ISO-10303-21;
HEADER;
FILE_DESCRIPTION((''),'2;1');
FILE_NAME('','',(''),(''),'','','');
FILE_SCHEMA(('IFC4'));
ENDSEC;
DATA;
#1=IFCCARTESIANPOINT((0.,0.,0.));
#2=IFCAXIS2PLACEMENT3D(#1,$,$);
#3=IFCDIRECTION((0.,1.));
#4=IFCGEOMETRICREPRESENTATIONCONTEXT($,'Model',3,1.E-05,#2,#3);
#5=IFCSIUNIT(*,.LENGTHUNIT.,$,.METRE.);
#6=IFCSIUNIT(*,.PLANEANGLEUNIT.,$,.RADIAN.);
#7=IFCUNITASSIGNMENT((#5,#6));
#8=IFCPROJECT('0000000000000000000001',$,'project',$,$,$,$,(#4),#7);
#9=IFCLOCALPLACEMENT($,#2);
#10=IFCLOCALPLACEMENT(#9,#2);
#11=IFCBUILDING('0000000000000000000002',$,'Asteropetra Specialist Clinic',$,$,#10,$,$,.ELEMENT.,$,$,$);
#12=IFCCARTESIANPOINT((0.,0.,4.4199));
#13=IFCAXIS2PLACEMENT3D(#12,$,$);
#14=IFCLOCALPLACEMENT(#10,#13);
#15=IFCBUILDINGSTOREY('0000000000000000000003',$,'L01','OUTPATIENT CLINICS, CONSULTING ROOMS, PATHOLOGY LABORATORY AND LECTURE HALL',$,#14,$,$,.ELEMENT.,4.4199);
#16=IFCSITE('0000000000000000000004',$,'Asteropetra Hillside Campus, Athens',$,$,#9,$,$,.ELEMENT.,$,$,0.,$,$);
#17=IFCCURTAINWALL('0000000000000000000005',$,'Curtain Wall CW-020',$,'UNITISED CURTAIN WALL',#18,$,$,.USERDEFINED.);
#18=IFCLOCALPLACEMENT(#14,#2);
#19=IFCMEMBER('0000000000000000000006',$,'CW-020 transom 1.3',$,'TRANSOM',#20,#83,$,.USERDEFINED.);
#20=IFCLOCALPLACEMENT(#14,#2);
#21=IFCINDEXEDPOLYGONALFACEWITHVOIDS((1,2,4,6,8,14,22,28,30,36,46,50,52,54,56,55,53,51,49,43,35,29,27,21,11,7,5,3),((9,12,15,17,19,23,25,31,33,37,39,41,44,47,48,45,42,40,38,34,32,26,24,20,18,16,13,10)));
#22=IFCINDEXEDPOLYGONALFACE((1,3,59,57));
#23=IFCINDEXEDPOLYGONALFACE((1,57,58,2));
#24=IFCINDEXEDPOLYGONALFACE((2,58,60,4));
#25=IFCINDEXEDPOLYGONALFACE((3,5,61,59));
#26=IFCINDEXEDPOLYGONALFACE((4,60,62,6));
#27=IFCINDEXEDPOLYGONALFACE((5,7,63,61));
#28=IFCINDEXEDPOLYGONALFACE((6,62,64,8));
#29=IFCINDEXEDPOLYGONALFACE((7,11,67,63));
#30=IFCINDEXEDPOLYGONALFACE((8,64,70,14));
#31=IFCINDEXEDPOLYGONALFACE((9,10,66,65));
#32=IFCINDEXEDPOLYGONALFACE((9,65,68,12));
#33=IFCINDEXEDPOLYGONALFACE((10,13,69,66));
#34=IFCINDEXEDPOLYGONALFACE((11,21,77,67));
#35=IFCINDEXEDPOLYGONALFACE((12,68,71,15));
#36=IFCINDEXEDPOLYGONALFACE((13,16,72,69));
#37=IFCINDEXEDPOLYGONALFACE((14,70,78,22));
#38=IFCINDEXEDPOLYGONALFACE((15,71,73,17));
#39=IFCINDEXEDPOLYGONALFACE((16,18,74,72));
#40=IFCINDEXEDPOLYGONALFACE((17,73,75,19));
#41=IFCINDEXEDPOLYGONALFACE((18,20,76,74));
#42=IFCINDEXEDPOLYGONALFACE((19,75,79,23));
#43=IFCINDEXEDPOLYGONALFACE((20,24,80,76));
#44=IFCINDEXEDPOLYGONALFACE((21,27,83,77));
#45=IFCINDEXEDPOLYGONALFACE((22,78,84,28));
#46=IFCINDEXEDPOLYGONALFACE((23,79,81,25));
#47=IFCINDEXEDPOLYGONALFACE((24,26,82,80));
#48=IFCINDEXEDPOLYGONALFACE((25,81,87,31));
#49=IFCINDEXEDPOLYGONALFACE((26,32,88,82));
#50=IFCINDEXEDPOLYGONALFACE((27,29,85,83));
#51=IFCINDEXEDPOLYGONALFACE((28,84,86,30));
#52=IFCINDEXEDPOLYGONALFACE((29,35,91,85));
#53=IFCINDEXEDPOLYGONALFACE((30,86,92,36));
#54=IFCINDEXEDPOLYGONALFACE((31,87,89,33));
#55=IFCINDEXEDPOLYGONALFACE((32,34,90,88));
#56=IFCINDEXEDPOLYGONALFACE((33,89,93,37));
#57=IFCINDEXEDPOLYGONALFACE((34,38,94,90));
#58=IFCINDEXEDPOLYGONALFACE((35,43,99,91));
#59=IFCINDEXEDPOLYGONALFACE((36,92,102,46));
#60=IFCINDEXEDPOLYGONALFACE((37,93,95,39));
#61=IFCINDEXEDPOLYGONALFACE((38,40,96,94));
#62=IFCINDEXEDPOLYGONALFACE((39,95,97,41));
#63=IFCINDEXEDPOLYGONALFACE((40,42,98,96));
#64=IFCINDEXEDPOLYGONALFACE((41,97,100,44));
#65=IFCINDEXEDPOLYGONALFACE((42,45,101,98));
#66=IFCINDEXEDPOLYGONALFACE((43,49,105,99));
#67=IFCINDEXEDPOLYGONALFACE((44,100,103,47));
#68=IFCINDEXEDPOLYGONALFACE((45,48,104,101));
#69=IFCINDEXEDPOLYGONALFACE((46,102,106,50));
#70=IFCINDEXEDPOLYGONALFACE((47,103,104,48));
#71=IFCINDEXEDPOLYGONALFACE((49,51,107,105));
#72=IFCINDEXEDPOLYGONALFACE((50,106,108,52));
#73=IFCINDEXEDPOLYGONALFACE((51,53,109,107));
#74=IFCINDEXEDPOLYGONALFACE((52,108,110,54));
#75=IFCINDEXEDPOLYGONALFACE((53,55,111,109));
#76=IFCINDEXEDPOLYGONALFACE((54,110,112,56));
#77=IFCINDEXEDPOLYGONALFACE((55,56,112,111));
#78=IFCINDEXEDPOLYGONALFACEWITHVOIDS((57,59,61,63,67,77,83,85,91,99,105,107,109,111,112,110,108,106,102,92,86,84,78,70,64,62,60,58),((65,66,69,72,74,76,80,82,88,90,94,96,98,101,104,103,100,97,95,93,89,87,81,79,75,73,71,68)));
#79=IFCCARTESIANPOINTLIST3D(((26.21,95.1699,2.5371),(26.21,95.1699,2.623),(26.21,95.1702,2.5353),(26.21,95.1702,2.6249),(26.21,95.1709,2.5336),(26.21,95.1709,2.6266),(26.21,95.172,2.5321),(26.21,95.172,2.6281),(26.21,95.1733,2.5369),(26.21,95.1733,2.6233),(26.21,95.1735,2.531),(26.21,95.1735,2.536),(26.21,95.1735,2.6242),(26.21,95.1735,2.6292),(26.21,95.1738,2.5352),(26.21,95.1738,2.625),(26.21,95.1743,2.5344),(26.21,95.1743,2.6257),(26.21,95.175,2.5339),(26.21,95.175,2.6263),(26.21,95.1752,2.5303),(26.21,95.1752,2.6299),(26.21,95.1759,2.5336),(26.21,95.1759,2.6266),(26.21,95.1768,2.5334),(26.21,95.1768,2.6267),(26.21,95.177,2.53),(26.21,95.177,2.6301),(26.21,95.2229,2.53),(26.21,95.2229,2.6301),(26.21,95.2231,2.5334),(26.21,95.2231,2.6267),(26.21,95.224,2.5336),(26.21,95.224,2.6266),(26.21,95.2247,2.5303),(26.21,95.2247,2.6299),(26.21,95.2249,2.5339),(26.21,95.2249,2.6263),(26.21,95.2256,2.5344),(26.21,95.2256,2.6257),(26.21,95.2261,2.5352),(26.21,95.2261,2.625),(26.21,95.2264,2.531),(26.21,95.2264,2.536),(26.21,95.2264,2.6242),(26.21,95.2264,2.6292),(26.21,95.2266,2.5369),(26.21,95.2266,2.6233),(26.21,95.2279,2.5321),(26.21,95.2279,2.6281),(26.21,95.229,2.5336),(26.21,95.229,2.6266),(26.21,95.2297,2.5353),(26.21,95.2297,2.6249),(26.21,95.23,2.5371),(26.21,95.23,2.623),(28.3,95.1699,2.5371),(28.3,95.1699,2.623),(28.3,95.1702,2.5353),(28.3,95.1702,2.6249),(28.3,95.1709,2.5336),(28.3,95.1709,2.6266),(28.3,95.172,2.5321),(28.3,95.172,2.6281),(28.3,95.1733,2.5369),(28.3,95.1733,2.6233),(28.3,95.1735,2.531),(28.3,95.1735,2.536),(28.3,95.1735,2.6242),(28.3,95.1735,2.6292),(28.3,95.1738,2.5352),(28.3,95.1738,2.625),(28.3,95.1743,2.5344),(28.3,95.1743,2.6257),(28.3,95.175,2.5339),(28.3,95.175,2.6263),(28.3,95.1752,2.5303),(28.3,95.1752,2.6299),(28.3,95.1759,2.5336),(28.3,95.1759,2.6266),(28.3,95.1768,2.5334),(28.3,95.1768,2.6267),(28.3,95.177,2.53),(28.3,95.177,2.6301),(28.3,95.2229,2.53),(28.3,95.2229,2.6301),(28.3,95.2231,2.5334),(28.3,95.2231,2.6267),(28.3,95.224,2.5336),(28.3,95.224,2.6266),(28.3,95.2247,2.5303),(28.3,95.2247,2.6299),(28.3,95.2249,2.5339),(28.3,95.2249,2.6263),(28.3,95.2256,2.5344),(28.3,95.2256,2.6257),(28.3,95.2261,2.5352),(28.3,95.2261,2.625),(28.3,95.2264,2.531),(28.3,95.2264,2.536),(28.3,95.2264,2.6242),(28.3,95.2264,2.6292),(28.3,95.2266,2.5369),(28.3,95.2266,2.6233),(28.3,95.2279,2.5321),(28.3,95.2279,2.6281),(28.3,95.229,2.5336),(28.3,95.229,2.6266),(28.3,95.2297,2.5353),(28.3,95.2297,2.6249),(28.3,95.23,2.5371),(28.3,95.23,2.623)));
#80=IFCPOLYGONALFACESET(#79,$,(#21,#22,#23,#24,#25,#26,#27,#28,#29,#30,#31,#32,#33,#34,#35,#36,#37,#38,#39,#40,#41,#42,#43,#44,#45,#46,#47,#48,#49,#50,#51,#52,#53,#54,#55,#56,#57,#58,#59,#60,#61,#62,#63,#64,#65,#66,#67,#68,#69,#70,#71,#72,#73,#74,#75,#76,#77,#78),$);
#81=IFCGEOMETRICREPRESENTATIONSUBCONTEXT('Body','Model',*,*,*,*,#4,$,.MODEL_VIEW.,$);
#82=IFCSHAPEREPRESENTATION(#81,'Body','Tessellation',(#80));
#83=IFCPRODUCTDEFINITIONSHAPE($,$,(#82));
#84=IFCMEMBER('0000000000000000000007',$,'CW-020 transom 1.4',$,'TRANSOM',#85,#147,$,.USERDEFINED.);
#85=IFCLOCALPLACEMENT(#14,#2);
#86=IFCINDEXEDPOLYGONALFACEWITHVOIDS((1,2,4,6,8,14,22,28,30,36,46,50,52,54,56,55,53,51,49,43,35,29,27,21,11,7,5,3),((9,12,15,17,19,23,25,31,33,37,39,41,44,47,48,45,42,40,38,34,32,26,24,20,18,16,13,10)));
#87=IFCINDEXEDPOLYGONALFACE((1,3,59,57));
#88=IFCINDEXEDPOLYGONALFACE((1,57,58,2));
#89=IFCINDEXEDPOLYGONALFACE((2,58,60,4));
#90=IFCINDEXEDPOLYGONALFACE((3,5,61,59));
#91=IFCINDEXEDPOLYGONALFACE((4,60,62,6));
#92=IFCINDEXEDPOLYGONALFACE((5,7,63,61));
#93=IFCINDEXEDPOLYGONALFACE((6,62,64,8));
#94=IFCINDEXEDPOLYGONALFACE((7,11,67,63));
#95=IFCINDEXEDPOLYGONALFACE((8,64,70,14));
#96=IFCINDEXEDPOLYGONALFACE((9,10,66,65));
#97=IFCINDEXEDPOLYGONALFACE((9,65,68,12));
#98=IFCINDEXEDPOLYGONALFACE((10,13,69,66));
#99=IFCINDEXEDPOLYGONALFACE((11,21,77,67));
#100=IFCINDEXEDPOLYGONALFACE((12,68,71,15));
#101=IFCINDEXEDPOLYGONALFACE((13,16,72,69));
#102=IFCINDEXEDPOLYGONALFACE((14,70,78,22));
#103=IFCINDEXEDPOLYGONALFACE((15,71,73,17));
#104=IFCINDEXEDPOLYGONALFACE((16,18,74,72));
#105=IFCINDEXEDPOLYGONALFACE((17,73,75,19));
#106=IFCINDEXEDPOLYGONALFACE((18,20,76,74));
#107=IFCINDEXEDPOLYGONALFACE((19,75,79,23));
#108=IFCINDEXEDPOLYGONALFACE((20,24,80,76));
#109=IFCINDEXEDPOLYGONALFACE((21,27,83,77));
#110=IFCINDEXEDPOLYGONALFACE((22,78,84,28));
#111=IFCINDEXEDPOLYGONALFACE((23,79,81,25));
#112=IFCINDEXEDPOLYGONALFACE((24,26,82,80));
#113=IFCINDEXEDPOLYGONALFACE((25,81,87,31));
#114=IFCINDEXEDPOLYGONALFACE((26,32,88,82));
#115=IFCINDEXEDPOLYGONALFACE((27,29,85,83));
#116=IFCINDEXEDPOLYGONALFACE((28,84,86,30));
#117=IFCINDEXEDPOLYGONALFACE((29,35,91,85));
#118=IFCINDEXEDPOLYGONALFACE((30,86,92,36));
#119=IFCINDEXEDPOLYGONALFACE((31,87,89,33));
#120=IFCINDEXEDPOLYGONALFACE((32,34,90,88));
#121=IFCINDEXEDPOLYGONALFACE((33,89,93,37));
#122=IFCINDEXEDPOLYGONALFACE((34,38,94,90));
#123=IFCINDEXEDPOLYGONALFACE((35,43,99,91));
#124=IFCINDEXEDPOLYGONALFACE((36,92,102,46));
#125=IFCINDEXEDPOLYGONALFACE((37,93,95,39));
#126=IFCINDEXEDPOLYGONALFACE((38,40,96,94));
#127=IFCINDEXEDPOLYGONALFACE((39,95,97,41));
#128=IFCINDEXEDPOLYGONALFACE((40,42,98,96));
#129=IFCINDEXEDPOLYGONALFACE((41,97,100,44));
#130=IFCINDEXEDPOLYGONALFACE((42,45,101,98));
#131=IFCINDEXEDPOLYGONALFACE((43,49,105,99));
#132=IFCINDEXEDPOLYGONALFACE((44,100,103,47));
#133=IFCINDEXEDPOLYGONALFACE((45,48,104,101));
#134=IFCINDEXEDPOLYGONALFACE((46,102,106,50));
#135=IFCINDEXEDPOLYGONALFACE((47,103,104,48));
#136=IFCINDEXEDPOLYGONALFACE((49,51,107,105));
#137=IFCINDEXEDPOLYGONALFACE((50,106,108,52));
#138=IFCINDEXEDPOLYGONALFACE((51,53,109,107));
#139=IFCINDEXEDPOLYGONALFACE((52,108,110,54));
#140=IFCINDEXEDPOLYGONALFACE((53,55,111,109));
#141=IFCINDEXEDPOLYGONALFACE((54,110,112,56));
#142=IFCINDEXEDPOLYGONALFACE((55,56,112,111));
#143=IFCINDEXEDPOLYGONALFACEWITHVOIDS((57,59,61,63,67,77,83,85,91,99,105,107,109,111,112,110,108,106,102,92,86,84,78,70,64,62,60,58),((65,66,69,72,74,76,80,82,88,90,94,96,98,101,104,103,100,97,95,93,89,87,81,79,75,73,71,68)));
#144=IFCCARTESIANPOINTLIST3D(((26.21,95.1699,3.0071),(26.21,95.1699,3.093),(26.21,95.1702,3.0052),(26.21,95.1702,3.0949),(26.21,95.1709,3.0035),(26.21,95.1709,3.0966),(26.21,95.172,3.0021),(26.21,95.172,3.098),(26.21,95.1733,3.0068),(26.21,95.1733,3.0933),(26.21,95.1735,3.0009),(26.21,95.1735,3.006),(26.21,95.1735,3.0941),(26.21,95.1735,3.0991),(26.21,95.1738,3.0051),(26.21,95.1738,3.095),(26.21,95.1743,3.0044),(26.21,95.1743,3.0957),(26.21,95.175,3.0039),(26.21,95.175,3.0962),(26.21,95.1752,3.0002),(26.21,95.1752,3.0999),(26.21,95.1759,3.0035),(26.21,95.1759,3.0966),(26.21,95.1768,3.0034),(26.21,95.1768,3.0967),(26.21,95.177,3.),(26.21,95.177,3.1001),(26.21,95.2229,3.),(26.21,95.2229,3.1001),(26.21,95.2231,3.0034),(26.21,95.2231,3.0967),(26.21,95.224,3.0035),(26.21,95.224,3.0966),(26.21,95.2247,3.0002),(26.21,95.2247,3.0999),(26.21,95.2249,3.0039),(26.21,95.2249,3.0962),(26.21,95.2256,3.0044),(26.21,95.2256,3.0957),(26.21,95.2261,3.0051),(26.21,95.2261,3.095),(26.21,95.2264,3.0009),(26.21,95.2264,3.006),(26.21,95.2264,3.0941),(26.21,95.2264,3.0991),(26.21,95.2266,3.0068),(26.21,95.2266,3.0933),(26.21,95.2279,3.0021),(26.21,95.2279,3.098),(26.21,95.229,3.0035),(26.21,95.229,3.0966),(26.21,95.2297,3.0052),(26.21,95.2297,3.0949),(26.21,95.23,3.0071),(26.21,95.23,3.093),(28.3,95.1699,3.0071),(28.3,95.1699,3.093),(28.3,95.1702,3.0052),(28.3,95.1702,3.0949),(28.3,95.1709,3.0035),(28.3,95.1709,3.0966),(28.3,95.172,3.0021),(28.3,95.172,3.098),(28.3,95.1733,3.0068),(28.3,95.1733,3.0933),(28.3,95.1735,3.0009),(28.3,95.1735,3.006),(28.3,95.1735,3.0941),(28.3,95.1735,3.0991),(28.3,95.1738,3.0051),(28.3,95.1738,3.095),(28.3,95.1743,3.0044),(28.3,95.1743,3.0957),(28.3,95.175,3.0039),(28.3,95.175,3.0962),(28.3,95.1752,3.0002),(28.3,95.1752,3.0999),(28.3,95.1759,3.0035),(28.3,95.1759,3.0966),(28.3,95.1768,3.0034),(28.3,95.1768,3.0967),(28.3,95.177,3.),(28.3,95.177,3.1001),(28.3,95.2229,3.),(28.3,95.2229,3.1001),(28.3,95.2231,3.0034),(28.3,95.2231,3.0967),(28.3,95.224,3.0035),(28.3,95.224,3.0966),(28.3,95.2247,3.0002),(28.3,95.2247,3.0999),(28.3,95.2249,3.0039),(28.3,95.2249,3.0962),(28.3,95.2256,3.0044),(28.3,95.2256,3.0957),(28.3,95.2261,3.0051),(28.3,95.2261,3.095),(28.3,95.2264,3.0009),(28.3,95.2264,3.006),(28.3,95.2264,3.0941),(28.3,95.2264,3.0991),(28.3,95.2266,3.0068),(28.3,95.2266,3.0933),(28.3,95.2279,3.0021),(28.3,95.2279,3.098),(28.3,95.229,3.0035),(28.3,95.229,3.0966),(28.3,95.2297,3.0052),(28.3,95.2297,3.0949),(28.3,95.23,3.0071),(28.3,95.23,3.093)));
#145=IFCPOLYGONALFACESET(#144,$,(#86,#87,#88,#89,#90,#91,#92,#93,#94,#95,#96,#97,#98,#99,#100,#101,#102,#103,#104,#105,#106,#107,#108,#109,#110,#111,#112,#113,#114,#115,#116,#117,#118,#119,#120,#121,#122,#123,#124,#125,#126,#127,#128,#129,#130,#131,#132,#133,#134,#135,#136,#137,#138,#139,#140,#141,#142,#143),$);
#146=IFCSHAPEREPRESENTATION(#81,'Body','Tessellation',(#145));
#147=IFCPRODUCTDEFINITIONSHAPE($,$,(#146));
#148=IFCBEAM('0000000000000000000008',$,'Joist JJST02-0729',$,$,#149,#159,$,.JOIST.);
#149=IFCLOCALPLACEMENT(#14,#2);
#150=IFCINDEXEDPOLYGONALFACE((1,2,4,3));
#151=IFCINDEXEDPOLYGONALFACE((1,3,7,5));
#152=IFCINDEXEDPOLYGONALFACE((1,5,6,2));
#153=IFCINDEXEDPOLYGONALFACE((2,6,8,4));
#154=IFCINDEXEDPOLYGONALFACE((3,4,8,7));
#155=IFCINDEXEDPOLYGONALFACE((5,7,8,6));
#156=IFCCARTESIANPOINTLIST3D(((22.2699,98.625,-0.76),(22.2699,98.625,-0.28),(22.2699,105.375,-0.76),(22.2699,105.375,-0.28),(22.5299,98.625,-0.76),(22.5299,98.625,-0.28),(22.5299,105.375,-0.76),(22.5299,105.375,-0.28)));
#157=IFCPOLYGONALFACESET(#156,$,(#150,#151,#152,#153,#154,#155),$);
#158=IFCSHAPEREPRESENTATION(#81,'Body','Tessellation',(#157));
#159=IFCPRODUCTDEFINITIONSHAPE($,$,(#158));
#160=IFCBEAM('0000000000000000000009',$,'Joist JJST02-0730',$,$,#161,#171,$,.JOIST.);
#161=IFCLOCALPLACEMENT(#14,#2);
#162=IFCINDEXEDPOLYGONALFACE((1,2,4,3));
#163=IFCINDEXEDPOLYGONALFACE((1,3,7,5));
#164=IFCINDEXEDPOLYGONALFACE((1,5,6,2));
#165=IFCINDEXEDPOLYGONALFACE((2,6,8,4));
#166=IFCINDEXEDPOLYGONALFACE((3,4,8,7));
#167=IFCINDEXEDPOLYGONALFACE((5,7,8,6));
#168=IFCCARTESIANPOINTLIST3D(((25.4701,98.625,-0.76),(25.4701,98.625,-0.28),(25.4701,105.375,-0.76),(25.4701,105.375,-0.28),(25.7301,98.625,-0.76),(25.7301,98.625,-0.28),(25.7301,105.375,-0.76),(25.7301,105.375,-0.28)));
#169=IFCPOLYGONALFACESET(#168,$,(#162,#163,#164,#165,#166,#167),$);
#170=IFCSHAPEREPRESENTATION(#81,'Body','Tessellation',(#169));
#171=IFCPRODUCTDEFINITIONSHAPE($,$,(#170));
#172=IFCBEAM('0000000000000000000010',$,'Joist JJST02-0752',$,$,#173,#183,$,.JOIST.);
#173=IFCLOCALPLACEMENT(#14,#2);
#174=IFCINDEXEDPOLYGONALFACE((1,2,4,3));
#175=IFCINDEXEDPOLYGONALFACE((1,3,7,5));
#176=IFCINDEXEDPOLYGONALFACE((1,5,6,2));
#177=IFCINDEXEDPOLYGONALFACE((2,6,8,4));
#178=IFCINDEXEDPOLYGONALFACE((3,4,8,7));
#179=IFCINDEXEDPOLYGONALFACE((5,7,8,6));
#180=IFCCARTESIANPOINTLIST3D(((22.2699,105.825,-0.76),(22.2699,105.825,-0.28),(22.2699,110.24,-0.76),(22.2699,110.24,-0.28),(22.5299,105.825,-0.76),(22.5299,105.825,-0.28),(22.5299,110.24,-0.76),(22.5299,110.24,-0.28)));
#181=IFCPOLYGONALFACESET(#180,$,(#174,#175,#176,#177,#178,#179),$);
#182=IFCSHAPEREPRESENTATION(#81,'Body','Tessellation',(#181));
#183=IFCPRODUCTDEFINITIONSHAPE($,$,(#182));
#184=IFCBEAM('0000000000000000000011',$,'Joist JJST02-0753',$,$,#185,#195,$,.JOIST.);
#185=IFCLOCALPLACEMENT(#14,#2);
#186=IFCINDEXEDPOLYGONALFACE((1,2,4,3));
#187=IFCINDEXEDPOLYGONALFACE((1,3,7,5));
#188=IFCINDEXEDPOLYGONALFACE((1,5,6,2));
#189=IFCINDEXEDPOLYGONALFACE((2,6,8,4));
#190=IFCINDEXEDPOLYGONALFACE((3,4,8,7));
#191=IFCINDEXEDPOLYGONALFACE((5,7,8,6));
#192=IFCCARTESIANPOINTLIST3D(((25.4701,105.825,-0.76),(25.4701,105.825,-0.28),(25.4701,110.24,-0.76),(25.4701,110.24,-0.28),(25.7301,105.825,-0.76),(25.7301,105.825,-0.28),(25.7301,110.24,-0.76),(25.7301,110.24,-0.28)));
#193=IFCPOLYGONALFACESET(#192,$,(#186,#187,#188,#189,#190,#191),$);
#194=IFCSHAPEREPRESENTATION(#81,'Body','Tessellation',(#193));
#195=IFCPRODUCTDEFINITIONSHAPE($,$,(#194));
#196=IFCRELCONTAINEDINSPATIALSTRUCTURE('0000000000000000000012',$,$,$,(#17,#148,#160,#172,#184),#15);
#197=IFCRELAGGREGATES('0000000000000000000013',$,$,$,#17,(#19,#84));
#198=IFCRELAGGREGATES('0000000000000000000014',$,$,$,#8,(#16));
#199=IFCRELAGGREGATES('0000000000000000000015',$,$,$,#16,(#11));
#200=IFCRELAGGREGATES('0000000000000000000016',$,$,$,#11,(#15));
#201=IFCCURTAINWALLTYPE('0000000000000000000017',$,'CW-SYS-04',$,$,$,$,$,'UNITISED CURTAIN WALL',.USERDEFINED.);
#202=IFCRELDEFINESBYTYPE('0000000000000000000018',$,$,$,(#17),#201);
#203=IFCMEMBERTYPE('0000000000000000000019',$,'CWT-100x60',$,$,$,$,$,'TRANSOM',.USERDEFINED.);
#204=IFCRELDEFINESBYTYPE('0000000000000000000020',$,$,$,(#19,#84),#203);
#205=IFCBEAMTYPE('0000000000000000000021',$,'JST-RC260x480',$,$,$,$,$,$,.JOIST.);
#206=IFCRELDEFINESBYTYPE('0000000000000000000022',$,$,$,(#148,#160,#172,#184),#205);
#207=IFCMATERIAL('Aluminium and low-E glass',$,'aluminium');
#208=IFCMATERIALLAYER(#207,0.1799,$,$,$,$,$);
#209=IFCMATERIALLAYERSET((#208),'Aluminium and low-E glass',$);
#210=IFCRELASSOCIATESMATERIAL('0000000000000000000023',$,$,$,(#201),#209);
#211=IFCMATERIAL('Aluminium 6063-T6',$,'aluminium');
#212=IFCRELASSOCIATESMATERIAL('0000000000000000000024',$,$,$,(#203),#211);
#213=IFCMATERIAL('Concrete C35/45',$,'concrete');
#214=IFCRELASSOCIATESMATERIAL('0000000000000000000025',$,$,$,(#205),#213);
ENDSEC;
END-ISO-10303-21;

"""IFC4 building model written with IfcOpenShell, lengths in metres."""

from ifc_helpers import new_model, si_unit, direction, frame, origin, origin_2d, place, context, subcontext, project, spatial, rectangle, hollow_rectangle, extrude, material, layer, layer_set, material_profile, profile_set, type_object, element, aggregate, save


model = new_model("IFC4")

# Units and contexts
model_context = context("Model", 3, precision=1e-05, world=origin(), true_north=direction((0.0, 1.0)))
body_context = subcontext(model_context, "Body", "Model", "MODEL_VIEW")
ifc_project = project(units=[si_unit("LENGTHUNIT", "METRE"), si_unit("PLANEANGLEUNIT", "RADIAN")], contexts=[model_context])

# Site, building, storey
site_placement = place(None, origin())
site = spatial("IfcSite", under=ifc_project, at=site_placement, Name="Asteropetra Hillside Campus, Athens", CompositionType="ELEMENT", RefElevation=0.0)
building_placement = place(site_placement, origin())
building = spatial("IfcBuilding", under=site, at=building_placement, Name="Asteropetra Specialist Clinic", CompositionType="ELEMENT")
storey_placement = place(building_placement, frame((0.0, 0.0, 4.4199)))
storey = spatial("IfcBuildingStorey", under=building, at=storey_placement, Name="L01", Description="OUTPATIENT CLINICS, CONSULTING ROOMS, PATHOLOGY LABORATORY AND LECTURE HALL", CompositionType="ELEMENT", Elevation=4.4199)

# Curtain wall, members
ifc_material_1 = material(Name="Aluminium and low-E glass", Category="aluminium")
ifc_layer_1 = layer(ifc_material_1, 0.1799)
ifc_layer_set_1 = layer_set([ifc_layer_1], Name="Aluminium and low-E glass")
curtain_wall_type = type_object("IfcCurtainWallType", Name="CW-SYS-04", ElementType="UNITISED CURTAIN WALL", PredefinedType="USERDEFINED", material=ifc_layer_set_1)
curtain_wall_placement = place(storey_placement, origin())
curtain_wall = element("IfcCurtainWall", 1, at=curtain_wall_placement, inside=storey, type_object=curtain_wall_type, Name="Curtain Wall CW-020", ObjectType="UNITISED CURTAIN WALL", PredefinedType="USERDEFINED")
ifc_material_2 = material(Name="Aluminium 6063-T6", Category="aluminium")
ifc_material_profile_1 = material_profile(ifc_material_2, hollow_rectangle(XDim=0.0601, YDim=0.1001, WallThickness=0.0034, InnerFilletRadius=0.0034, OuterFilletRadius=0.0071, at=origin_2d()), Name="TRN 100x60x3.5")
ifc_profile_set_1 = profile_set([ifc_material_profile_1], Name="Aluminium 6063-T6")
member_type_1 = type_object("IfcMemberType", Name="CWT-100x60", ElementType="TRANSOM", PredefinedType="USERDEFINED", material=ifc_profile_set_1)
member_1_placement = place(storey_placement, frame((28.3, 95.2, 2.5801), z_axis=(-1.0, 0.0, 0.0), x_axis=(0.0, -1.0, 0.0)))
member_1 = element("IfcMember", 2, at=member_1_placement, type_object=member_type_1, Name="CW-020 transom 1.3", ObjectType="TRANSOM", PredefinedType="USERDEFINED", context=body_context, shape_type="SweptSolid", body=[
    extrude(hollow_rectangle(XDim=0.0601, YDim=0.1001, WallThickness=0.0034, InnerFilletRadius=0.0034, OuterFilletRadius=0.0071, at=origin_2d()), origin(), (0.0, 0.0, 1.0), 2.0901),
])
member_2_placement = place(storey_placement, frame((28.3, 95.2, 3.05), z_axis=(-1.0, 0.0, 0.0), x_axis=(0.0, -1.0, 0.0)))
member_2 = element("IfcMember", 3, at=member_2_placement, type_object=member_type_1, Name="CW-020 transom 1.4", ObjectType="TRANSOM", PredefinedType="USERDEFINED", context=body_context, shape_type="SweptSolid", body=[
    extrude(hollow_rectangle(XDim=0.0601, YDim=0.1001, WallThickness=0.0034, InnerFilletRadius=0.0034, OuterFilletRadius=0.0071, at=origin_2d()), origin(), (0.0, 0.0, 1.0), 2.0901),
])

# Beams
ifc_material_3 = material(Name="Concrete C35/45", Category="concrete")
ifc_material_profile_2 = material_profile(ifc_material_3, rectangle(XDim=0.26, YDim=0.48, at=origin_2d()), Name="RCJ 260x480")
ifc_profile_set_2 = profile_set([ifc_material_profile_2], Name="Concrete C35/45")
beam_type_1 = type_object("IfcBeamType", Name="JST-RC260x480", PredefinedType="JOIST", material=ifc_profile_set_2)
for number, where, z_axis, x_axis, name in (
    (4, (22.3999, 98.625, -0.52), (0.0, 1.0, 0.0), (-1.0, 0.0, 0.0), "Joist JJST02-0729"),
    (5, (25.6001, 98.625, -0.52), (0.0, 1.0, 0.0), (-1.0, 0.0, 0.0), "Joist JJST02-0730"),
):
    element("IfcBeam", number, at=place(storey_placement, frame(where, z_axis=z_axis, x_axis=x_axis)), inside=storey, type_object=beam_type_1, Name=name, PredefinedType="JOIST", context=body_context, shape_type="SweptSolid", body=[
        extrude(rectangle(XDim=0.26, YDim=0.48, at=origin_2d()), origin(), (0.0, 0.0, 1.0), 6.75),
    ])
for number, where, z_axis, x_axis, name in (
    (6, (22.3999, 105.825, -0.52), (0.0, 1.0, 0.0), (-1.0, 0.0, 0.0), "Joist JJST02-0752"),
    (7, (25.6001, 105.825, -0.52), (0.0, 1.0, 0.0), (-1.0, 0.0, 0.0), "Joist JJST02-0753"),
):
    element("IfcBeam", number, at=place(storey_placement, frame(where, z_axis=z_axis, x_axis=x_axis)), inside=storey, type_object=beam_type_1, Name=name, PredefinedType="JOIST", context=body_context, shape_type="SweptSolid", body=[
        extrude(rectangle(XDim=0.26, YDim=0.48, at=origin_2d()), origin(), (0.0, 0.0, 1.0), 4.415),
    ])

aggregate(curtain_wall, [member_1, member_2])

save(model, "model.ifc")
